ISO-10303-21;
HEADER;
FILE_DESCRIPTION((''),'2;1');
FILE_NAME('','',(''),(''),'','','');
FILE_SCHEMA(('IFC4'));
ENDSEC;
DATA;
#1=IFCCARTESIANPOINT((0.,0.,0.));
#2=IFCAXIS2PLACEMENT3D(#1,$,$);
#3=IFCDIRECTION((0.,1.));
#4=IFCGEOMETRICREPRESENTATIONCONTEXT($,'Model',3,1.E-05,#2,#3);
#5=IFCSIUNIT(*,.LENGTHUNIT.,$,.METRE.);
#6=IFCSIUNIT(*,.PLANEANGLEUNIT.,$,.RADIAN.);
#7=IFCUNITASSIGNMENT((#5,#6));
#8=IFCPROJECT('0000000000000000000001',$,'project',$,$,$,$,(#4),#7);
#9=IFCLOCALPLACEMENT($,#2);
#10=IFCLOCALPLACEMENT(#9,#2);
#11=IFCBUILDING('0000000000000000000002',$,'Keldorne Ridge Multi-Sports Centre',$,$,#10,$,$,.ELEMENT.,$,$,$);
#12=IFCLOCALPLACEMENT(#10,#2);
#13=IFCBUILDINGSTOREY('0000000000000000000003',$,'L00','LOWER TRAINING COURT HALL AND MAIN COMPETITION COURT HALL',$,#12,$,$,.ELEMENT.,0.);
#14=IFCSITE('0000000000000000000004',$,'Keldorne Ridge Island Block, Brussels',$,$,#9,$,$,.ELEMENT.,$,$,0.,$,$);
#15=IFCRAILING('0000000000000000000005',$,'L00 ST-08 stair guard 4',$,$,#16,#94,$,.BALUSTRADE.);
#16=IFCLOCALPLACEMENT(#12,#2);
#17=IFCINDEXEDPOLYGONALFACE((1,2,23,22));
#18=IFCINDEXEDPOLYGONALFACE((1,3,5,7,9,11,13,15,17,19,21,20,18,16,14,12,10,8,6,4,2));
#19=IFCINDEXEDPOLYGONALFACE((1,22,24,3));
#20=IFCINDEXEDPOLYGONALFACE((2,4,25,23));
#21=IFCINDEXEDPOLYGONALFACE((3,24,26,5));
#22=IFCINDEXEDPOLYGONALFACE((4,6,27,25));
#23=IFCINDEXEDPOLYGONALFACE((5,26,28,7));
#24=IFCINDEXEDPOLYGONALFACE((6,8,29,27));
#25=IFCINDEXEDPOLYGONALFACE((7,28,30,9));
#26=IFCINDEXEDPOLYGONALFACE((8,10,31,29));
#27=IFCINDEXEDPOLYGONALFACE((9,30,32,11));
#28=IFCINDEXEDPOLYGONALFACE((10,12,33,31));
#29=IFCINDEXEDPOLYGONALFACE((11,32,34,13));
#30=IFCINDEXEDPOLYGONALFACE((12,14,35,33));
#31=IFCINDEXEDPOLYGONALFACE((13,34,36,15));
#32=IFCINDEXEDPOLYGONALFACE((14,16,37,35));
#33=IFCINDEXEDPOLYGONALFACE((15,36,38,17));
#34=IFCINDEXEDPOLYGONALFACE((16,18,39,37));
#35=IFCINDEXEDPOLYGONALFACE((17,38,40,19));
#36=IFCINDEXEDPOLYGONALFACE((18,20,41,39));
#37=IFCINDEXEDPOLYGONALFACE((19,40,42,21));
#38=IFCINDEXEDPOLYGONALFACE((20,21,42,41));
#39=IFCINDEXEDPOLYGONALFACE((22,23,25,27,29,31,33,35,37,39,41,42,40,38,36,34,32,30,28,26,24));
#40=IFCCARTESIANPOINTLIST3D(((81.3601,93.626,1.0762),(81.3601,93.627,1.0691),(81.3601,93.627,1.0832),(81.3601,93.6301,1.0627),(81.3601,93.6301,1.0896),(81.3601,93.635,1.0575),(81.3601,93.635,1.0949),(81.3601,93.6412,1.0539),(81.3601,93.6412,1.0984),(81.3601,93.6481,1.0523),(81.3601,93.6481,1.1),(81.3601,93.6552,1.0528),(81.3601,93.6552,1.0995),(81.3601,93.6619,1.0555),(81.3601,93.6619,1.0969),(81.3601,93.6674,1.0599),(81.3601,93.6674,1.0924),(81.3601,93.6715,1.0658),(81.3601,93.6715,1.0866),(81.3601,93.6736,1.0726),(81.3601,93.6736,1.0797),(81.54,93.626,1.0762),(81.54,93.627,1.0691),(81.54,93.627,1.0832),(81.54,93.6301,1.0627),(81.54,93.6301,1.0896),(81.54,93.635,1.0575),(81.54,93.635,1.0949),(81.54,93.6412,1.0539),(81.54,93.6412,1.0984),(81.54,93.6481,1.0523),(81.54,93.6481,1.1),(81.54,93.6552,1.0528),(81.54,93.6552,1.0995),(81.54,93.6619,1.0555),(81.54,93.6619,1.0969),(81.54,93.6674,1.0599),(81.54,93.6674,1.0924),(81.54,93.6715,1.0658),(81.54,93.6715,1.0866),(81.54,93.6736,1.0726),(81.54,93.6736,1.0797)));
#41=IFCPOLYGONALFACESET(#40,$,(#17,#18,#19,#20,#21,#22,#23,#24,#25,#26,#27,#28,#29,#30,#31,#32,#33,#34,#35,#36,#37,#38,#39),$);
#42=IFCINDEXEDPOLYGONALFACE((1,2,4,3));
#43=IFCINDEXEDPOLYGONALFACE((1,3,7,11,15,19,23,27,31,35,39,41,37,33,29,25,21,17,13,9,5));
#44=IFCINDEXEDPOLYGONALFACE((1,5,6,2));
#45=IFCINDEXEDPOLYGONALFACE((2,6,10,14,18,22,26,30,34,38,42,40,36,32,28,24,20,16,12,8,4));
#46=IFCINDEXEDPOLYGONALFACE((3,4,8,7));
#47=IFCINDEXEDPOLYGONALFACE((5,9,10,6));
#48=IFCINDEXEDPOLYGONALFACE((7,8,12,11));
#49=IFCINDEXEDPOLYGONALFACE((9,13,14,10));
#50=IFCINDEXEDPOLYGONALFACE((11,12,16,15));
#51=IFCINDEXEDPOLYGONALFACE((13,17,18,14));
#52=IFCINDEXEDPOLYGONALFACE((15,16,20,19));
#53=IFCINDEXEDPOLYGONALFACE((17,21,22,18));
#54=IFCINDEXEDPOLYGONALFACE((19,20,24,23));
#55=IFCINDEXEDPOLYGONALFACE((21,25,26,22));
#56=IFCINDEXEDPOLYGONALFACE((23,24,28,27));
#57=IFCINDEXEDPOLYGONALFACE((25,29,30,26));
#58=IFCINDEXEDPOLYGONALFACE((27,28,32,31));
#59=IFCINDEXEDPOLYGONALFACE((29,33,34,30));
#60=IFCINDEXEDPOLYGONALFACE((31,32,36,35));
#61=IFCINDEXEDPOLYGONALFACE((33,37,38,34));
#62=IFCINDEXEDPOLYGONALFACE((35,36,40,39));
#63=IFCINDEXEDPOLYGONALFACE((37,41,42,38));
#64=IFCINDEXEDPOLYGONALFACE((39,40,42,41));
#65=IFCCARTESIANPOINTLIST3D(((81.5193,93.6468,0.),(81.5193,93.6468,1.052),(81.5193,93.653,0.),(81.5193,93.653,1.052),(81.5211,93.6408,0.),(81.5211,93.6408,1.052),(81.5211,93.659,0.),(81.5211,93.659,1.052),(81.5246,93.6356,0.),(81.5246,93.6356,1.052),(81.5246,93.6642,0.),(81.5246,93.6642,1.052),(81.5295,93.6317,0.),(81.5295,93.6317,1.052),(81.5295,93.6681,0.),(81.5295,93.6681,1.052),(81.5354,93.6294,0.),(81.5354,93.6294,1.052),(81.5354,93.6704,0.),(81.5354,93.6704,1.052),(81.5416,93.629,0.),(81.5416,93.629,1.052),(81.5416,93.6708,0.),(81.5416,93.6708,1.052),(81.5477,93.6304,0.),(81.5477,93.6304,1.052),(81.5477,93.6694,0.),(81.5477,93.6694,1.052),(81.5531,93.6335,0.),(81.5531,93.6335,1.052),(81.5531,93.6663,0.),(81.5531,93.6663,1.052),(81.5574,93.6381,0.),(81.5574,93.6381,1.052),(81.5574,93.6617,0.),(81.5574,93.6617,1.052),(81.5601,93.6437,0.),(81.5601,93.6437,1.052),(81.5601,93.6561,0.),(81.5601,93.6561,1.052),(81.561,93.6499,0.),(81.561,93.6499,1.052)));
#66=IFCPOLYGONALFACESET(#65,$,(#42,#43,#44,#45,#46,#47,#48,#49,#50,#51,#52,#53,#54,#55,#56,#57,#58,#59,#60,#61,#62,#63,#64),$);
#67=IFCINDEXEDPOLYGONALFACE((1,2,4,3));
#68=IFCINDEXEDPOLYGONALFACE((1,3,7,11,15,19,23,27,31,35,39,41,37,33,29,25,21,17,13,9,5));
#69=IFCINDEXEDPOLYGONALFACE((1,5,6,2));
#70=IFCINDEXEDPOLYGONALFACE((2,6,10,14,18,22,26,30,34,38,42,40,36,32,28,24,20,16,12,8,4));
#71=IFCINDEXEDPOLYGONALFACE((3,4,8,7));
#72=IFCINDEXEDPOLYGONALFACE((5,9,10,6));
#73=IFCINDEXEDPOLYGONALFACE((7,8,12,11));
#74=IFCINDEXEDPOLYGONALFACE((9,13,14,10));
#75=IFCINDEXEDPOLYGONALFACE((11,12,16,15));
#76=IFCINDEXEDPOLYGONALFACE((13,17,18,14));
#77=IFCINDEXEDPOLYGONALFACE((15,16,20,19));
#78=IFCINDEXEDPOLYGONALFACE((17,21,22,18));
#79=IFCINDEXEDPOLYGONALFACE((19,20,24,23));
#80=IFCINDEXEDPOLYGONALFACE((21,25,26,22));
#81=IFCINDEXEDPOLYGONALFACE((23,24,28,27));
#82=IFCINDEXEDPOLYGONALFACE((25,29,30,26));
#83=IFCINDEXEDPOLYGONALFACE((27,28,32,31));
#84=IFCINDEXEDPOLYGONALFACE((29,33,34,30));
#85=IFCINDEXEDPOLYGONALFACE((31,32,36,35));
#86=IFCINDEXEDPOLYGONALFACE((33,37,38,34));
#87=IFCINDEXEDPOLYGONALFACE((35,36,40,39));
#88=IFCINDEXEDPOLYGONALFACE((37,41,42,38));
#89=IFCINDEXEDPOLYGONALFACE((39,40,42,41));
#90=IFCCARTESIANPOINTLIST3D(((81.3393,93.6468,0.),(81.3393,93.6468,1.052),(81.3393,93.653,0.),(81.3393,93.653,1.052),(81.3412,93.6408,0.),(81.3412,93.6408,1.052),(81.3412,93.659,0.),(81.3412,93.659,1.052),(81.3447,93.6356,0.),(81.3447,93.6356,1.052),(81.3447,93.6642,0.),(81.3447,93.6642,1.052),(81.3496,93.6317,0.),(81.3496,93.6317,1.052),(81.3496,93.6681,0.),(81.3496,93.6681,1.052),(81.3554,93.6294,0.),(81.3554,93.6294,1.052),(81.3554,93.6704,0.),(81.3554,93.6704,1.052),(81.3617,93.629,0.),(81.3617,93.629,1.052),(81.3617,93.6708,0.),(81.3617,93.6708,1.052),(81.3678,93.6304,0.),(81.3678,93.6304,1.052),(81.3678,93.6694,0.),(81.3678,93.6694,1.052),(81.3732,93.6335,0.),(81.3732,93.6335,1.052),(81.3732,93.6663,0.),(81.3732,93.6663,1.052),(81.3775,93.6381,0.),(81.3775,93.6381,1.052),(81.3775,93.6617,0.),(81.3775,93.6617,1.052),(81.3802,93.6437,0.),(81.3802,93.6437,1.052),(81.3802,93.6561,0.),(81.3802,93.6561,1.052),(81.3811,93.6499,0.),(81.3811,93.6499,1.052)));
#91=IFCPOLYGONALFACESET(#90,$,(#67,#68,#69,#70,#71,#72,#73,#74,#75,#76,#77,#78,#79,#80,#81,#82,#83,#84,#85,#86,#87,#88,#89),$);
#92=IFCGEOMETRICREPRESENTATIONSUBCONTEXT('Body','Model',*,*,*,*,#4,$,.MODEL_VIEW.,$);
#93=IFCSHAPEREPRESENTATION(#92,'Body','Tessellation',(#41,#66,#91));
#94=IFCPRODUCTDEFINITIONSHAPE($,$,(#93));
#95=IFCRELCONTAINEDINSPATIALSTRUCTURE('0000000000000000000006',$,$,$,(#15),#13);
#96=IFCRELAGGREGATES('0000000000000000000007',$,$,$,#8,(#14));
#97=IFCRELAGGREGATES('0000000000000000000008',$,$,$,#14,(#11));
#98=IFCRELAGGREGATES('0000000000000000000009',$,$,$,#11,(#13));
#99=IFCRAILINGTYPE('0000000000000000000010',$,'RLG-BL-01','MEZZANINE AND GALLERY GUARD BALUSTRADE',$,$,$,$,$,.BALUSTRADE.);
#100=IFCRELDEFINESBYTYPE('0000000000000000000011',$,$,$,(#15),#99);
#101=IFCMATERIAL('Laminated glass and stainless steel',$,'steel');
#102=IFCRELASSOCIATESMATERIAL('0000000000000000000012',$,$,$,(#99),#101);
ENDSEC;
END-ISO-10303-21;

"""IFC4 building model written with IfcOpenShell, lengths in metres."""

from ifc_helpers import new_model, si_unit, direction, frame, origin, origin_2d, place, context, subcontext, project, spatial, circle, extrude, material, type_object, element, save


model = new_model("IFC4")

# Units and contexts
model_context = context("Model", 3, precision=1e-05, world=origin(), true_north=direction((0.0, 1.0)))
body_context = subcontext(model_context, "Body", "Model", "MODEL_VIEW")
ifc_project = project(units=[si_unit("LENGTHUNIT", "METRE"), si_unit("PLANEANGLEUNIT", "RADIAN")], contexts=[model_context])

# Site, building, storey
site_placement = place(None, origin())
site = spatial("IfcSite", under=ifc_project, at=site_placement, Name="Keldorne Ridge Island Block, Brussels", CompositionType="ELEMENT", RefElevation=0.0)
building_placement = place(site_placement, origin())
building = spatial("IfcBuilding", under=site, at=building_placement, Name="Keldorne Ridge Multi-Sports Centre", CompositionType="ELEMENT")
storey_placement = place(building_placement, origin())
storey = spatial("IfcBuildingStorey", under=building, at=storey_placement, Name="L00", Description="LOWER TRAINING COURT HALL AND MAIN COMPETITION COURT HALL", CompositionType="ELEMENT", Elevation=0.0)

# Railing
ifc_material_1 = material(Name="Laminated glass and stainless steel", Category="steel")
railing_type_1 = type_object("IfcRailingType", Name="RLG-BL-01", Description="MEZZANINE AND GALLERY GUARD BALUSTRADE", PredefinedType="BALUSTRADE", material=ifc_material_1)
railing_1_placement = place(storey_placement, frame((81.54, 93.6499, 0.0)))
element("IfcRailing", 1, at=railing_1_placement, inside=storey, type_object=railing_type_1, Name="L00 ST-08 stair guard 4", PredefinedType="BALUSTRADE", context=body_context, shape_type="SweptSolid", body=[
    extrude(circle(Radius=0.0239, at=origin_2d()), frame((0.0, 0.0, 1.0762), z_axis=(-1.0, 0.0, 0.0), x_axis=(0.0, -1.0, 0.0)), (0.0, 0.0, 1.0), 0.1799),
    extrude(circle(Radius=0.021, at=origin_2d()), origin(), (0.0, 0.0, 1.0), 1.052),
    extrude(circle(Radius=0.021, at=origin_2d()), frame((-0.1799, 0.0, 0.0)), (0.0, 0.0, 1.0), 1.052),
])

save(model, "model.ifc")
